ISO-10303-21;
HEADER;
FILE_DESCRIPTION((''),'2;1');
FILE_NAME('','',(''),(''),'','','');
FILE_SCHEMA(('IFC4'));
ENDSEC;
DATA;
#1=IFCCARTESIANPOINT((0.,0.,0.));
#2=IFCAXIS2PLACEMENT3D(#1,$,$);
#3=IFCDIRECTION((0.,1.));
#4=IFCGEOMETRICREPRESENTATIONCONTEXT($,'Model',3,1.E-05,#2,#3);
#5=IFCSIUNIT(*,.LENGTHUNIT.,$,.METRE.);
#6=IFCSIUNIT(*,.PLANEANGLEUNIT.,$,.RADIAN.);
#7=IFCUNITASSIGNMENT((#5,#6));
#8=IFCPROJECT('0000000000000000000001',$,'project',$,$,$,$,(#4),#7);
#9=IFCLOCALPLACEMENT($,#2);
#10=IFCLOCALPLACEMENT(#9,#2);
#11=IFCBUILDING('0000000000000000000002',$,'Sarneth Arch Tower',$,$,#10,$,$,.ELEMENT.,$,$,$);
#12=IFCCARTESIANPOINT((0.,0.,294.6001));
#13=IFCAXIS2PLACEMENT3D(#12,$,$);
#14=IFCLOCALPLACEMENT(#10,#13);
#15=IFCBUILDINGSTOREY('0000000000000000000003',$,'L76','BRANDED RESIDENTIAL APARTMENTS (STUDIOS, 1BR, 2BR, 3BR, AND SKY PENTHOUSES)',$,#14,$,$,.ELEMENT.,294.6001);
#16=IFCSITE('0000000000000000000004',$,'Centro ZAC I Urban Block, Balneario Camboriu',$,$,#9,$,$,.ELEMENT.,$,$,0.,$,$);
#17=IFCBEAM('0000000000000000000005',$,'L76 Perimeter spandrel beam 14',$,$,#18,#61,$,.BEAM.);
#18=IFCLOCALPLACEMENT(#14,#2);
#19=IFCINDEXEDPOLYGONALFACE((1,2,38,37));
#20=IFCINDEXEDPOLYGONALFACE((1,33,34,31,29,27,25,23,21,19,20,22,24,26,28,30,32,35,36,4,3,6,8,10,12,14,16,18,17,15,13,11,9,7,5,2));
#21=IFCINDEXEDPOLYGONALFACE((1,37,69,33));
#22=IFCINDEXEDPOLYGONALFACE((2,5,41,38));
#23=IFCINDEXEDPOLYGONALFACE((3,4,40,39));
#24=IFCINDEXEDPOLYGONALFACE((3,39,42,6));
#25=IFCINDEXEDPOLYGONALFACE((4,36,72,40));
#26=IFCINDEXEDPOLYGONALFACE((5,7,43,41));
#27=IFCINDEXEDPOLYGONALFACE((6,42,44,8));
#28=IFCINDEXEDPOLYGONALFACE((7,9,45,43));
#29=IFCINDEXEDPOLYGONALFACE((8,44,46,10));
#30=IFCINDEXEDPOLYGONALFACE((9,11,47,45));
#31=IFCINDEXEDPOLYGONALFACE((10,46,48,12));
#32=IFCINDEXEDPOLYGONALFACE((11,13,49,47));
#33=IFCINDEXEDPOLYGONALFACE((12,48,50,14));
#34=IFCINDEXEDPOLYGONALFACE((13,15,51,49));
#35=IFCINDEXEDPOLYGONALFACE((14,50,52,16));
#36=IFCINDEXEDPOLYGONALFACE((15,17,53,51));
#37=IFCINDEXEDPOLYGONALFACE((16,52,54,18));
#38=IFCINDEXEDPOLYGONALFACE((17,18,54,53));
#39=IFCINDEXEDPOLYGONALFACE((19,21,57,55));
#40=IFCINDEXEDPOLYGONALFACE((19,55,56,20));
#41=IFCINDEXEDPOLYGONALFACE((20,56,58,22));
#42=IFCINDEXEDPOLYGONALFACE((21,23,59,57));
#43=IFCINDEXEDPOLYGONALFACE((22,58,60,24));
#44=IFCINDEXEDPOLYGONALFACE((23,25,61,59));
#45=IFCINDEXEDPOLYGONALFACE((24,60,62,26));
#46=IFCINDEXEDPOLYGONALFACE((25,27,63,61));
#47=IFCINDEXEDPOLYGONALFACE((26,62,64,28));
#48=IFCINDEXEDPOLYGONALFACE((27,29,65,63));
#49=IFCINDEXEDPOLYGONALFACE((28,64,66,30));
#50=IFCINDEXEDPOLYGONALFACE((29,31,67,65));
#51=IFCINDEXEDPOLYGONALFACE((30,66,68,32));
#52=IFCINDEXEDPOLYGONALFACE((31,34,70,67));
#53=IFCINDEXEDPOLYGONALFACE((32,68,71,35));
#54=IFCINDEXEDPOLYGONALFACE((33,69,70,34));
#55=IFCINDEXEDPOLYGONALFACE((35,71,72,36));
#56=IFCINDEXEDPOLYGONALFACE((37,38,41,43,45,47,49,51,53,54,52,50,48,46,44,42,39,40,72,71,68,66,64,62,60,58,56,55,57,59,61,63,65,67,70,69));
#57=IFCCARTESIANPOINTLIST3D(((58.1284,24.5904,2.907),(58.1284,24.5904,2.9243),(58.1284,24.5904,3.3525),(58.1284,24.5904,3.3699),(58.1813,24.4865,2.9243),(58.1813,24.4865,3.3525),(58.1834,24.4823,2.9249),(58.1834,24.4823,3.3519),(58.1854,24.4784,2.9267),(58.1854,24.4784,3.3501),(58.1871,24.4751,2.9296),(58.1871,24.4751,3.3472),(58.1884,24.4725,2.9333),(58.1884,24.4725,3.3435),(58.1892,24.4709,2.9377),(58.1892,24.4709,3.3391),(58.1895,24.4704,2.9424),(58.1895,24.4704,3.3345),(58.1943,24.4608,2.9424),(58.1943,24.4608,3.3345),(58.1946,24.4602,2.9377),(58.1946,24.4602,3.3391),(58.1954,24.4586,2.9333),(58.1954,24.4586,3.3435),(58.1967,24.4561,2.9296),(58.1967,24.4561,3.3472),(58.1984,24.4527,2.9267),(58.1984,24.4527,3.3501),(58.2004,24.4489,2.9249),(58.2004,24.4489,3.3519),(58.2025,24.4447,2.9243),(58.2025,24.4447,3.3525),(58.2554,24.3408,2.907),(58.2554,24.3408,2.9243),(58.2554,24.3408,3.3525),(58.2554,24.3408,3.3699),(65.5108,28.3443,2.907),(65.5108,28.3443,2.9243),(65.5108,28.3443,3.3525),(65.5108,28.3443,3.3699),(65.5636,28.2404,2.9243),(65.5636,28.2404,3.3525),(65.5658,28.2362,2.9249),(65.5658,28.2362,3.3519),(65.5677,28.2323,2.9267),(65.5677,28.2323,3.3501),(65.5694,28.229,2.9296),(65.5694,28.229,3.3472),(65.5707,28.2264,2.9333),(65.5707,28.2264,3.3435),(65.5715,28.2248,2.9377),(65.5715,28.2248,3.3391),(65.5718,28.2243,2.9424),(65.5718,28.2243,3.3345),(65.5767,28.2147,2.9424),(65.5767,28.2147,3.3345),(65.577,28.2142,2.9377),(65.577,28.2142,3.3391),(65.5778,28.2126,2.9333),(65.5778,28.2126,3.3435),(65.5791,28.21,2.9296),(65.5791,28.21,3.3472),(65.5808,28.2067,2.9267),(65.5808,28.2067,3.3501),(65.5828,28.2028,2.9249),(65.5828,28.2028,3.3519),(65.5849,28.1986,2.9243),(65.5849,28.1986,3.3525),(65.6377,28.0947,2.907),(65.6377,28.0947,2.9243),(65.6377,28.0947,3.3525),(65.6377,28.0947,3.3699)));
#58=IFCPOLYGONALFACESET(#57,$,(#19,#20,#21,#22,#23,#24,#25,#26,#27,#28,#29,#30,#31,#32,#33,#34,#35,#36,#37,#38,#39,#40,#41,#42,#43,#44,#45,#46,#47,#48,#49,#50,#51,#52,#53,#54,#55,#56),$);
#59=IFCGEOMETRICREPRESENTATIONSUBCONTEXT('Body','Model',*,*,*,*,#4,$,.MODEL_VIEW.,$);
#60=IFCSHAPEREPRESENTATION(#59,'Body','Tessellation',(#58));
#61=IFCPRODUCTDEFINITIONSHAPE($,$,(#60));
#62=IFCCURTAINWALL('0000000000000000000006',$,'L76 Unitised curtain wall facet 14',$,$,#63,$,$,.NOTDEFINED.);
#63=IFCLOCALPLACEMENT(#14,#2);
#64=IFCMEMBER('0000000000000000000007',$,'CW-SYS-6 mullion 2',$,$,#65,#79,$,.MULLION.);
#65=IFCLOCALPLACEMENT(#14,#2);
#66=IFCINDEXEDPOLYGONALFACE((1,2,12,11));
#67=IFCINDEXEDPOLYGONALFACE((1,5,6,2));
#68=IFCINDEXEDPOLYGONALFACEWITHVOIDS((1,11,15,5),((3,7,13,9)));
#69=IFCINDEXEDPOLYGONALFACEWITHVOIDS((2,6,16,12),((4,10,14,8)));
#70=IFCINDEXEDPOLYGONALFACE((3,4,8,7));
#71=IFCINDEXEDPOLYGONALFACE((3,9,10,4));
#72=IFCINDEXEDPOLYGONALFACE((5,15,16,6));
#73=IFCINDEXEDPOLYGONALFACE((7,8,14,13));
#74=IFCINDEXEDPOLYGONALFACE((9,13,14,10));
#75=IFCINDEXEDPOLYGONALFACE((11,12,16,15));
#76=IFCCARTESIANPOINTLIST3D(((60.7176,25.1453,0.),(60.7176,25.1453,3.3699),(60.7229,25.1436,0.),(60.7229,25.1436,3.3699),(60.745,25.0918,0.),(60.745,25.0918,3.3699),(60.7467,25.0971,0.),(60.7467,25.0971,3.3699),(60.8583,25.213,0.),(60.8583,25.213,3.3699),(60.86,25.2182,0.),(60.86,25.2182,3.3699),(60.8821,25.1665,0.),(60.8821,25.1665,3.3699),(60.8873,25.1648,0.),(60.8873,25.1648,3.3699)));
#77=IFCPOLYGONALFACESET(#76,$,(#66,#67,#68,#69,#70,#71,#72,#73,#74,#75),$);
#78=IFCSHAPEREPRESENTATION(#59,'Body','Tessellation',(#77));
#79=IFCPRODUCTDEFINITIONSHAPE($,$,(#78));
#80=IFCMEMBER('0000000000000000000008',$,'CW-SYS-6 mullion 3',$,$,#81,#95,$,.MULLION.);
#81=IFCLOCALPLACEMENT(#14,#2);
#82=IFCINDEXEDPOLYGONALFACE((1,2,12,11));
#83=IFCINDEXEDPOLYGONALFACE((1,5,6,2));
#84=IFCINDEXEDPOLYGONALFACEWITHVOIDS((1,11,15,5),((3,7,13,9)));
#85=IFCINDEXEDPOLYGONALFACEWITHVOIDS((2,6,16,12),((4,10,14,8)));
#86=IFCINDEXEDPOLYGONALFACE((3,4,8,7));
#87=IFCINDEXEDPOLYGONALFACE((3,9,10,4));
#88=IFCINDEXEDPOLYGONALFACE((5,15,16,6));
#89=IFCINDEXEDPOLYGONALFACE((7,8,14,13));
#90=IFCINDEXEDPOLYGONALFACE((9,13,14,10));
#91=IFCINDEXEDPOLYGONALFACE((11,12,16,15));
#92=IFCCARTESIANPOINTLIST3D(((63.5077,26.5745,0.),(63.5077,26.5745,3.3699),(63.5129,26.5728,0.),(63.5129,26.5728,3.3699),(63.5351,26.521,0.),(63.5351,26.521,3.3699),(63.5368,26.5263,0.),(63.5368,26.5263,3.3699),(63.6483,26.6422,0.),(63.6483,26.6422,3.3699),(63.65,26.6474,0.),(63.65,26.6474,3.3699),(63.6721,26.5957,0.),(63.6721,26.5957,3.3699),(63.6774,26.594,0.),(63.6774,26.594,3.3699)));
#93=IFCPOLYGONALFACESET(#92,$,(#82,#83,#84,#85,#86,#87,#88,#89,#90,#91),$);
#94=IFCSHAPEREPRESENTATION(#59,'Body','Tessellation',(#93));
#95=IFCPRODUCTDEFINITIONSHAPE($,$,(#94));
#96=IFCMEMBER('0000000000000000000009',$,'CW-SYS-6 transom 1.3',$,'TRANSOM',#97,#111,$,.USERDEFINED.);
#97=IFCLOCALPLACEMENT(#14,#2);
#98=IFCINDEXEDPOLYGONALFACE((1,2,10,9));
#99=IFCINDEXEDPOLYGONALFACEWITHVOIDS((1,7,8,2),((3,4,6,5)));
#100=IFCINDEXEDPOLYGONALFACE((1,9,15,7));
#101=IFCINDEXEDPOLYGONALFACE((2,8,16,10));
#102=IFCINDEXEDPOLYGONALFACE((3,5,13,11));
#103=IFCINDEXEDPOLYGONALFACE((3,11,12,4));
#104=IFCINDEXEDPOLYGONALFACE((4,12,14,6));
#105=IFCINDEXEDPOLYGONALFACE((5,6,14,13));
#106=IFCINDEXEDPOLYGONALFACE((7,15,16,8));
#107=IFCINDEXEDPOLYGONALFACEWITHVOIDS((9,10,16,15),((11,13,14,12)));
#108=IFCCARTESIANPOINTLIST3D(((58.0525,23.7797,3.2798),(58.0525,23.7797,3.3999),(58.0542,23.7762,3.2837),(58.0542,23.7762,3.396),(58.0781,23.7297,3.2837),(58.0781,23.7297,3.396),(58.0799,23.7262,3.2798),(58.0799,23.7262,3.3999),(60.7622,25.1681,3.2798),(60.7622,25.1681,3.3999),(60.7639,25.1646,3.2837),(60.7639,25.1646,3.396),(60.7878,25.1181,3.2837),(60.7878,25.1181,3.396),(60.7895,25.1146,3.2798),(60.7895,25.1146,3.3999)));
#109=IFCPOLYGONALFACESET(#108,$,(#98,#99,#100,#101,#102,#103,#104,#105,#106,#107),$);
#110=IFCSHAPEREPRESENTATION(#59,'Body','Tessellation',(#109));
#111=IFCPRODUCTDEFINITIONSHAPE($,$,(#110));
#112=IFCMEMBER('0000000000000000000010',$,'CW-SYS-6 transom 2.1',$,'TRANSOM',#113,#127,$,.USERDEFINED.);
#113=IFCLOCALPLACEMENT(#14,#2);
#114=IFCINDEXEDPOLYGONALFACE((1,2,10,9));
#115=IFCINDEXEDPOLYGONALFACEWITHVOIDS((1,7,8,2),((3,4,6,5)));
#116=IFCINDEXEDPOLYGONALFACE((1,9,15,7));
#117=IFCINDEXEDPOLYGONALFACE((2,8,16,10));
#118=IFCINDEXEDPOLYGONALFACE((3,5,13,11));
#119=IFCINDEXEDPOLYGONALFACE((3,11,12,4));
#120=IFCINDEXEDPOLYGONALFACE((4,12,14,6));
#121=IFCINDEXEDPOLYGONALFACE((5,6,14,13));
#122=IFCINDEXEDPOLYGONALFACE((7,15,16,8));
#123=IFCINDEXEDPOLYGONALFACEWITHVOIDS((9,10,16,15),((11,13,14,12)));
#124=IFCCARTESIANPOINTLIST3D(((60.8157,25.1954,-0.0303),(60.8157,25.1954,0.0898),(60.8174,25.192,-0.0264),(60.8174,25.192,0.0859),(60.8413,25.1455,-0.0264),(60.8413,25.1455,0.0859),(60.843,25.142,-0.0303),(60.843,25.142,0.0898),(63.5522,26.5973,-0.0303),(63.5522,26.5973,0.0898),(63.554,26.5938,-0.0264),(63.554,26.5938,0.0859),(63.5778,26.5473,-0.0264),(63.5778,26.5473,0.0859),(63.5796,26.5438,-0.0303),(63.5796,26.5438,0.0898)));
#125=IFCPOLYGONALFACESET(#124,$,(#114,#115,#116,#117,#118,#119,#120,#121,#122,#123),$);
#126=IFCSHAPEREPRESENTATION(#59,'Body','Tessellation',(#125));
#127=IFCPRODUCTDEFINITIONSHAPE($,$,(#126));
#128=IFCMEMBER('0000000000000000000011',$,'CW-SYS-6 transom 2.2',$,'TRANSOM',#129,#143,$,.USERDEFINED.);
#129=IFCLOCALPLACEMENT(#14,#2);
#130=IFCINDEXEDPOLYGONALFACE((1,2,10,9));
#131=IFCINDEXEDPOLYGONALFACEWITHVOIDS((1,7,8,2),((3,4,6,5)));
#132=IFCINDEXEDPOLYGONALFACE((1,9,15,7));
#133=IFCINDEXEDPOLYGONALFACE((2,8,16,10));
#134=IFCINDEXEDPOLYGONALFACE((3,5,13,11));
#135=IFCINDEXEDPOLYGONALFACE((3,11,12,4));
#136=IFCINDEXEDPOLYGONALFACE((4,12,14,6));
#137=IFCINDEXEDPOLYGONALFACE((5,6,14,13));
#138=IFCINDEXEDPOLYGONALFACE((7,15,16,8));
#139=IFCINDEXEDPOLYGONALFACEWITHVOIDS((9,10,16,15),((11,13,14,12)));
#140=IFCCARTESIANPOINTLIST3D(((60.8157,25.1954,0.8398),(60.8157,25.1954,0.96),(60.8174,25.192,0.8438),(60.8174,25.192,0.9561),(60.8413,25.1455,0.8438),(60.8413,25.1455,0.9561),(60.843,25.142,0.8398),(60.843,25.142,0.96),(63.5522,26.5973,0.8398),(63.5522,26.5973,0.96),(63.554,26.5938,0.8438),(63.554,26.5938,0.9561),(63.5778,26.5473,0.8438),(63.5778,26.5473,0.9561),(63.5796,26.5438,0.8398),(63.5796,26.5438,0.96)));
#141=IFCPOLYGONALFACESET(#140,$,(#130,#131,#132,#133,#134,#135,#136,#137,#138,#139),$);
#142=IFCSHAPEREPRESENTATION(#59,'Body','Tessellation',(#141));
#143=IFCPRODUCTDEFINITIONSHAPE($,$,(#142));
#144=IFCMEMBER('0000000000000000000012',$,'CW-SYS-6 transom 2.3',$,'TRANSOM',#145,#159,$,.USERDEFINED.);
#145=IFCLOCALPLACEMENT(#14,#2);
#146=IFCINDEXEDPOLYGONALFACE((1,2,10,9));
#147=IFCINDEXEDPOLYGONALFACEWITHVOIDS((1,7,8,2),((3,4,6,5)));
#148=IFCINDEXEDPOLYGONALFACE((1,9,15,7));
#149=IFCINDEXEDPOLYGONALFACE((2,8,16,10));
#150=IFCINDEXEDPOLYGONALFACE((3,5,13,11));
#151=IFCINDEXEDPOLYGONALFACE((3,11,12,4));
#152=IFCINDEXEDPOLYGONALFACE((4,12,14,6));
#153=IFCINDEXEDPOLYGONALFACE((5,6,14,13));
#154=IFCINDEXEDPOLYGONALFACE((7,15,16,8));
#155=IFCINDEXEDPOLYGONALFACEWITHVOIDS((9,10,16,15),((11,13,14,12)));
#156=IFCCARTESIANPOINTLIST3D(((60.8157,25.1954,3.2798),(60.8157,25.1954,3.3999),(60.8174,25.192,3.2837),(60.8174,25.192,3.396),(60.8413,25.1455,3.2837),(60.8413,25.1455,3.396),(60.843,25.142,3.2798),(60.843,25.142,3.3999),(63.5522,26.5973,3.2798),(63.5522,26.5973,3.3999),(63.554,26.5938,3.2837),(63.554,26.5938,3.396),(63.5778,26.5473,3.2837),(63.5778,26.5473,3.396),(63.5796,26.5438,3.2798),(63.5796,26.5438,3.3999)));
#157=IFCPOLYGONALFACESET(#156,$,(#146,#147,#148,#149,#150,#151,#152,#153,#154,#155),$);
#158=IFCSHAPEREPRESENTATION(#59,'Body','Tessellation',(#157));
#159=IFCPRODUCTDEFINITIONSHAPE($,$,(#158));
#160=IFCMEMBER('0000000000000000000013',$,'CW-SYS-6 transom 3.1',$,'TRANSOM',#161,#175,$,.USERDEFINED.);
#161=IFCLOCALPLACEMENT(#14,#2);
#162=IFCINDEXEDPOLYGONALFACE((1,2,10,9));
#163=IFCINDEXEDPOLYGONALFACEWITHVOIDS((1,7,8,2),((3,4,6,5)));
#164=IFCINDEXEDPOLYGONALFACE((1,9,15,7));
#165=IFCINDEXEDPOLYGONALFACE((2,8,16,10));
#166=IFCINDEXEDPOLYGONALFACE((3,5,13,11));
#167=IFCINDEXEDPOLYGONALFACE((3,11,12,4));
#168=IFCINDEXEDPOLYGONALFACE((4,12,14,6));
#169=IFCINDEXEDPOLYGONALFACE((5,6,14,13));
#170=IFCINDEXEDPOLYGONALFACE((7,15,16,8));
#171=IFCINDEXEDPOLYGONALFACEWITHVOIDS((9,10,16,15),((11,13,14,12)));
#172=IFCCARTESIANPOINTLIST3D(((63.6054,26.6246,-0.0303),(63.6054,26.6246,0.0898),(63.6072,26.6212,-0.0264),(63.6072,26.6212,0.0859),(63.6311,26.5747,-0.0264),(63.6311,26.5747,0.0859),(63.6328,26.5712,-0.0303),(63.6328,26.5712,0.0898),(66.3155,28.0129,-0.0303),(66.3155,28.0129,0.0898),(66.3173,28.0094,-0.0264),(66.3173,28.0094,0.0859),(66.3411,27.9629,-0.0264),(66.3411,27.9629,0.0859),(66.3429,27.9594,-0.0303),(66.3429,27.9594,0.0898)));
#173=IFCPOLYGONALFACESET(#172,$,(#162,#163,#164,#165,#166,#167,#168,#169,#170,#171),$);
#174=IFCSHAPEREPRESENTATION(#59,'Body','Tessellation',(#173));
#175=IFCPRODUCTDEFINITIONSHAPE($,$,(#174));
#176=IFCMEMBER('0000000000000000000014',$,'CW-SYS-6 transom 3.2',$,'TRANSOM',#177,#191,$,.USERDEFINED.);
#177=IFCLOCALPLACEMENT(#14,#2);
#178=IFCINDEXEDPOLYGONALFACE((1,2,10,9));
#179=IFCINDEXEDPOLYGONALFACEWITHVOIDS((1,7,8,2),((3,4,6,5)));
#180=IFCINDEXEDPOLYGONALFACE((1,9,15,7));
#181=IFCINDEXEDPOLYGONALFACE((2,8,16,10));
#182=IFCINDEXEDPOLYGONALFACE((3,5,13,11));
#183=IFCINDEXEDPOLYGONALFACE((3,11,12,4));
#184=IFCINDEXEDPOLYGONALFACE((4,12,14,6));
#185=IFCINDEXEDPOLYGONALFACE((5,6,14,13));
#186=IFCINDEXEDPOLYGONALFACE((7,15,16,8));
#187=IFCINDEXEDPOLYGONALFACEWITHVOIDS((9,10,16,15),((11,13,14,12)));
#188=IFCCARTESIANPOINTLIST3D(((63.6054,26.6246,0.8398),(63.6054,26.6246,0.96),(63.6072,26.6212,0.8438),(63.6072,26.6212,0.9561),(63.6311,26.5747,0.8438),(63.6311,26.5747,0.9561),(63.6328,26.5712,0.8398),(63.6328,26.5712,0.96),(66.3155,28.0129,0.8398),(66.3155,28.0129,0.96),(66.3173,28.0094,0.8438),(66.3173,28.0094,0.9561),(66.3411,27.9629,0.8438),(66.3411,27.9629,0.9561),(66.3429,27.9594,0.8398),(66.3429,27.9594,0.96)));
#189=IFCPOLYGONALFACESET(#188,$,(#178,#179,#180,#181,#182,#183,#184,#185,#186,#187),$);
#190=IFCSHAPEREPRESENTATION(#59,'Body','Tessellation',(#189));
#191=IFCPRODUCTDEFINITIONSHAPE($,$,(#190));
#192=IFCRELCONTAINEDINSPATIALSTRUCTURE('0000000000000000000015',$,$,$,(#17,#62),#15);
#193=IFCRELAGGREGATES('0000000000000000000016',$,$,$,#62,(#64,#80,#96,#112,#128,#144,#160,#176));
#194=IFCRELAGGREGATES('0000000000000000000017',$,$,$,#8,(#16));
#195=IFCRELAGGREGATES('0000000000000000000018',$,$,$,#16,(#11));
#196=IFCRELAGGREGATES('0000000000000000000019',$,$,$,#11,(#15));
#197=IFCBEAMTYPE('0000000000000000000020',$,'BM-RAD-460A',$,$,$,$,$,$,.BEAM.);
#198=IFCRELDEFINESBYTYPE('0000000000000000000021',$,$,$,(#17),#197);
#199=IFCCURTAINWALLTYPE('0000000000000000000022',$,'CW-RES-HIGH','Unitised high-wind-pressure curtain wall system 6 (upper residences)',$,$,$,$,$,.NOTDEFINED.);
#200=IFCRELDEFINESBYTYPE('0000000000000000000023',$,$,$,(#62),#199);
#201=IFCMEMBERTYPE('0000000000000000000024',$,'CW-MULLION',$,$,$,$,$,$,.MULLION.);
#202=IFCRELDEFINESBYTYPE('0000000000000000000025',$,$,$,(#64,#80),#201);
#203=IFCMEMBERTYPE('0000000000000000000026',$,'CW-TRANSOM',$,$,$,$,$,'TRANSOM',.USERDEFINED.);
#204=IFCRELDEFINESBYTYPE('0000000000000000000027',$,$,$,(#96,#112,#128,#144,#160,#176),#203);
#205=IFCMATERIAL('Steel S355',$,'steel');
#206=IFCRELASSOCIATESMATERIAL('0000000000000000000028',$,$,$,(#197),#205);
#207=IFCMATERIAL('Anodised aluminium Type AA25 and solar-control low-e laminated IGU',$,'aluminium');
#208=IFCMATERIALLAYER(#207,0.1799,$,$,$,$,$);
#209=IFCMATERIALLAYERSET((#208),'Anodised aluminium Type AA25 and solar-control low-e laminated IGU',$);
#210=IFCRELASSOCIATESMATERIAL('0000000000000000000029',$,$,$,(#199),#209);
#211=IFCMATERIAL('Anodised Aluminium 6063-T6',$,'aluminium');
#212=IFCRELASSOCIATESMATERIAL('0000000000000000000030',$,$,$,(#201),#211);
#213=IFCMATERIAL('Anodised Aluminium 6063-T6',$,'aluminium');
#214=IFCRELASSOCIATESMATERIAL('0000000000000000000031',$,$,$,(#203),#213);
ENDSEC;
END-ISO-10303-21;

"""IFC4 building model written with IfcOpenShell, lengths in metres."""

from ifc_helpers import new_model, si_unit, direction, frame, origin, origin_2d, place, context, subcontext, project, spatial, hollow_rectangle, i_section, extrude, material, layer, layer_set, material_profile, profile_set, type_object, element, aggregate, save


model = new_model("IFC4")

# Units and contexts
model_context = context("Model", 3, precision=1e-05, world=origin(), true_north=direction((0.0, 1.0)))
body_context = subcontext(model_context, "Body", "Model", "MODEL_VIEW")
ifc_project = project(units=[si_unit("LENGTHUNIT", "METRE"), si_unit("PLANEANGLEUNIT", "RADIAN")], contexts=[model_context])

# Site, building, storey
site_placement = place(None, origin())
site = spatial("IfcSite", under=ifc_project, at=site_placement, Name="Centro ZAC I Urban Block, Balneario Camboriu", CompositionType="ELEMENT", RefElevation=0.0)
building_placement = place(site_placement, origin())
building = spatial("IfcBuilding", under=site, at=building_placement, Name="Sarneth Arch Tower", CompositionType="ELEMENT")
storey_placement = place(building_placement, frame((0.0, 0.0, 294.6001)))
storey = spatial("IfcBuildingStorey", under=building, at=storey_placement, Name="L76", Description="BRANDED RESIDENTIAL APARTMENTS (STUDIOS, 1BR, 2BR, 3BR, AND SKY PENTHOUSES)", CompositionType="ELEMENT", Elevation=294.6001)

# Beam
ifc_material_1 = material(Name="Steel S355", Category="steel")
ifc_material_profile_1 = material_profile(ifc_material_1, i_section(OverallWidth=0.28, OverallDepth=0.4629, WebThickness=0.0107, FlangeThickness=0.0173, FilletRadius=0.0181, at=origin_2d()), Name="W460x113")
ifc_profile_set_1 = profile_set([ifc_material_profile_1], Name="Steel S355")
beam_type = type_object("IfcBeamType", Name="BM-RAD-460A", PredefinedType="BEAM", material=ifc_profile_set_1)
beam_placement = place(storey_placement, frame((58.1919, 24.4656, 3.1384), z_axis=(0.891376, 0.453264, 0.0), x_axis=(-0.453264, 0.891376, 0.0)))
element("IfcBeam", 1, at=beam_placement, inside=storey, type_object=beam_type, Name="L76 Perimeter spandrel beam 14", PredefinedType="BEAM", context=body_context, shape_type="SweptSolid", body=[
    extrude(i_section(OverallWidth=0.28, OverallDepth=0.4629, WebThickness=0.0107, FlangeThickness=0.0173, FilletRadius=0.0181, at=origin_2d()), origin(), (0.0, 0.0, 1.0), 8.282),
])

# Curtain wall, members
ifc_material_2 = material(Name="Anodised aluminium Type AA25 and solar-control low-e laminated IGU", Category="aluminium")
ifc_layer_1 = layer(ifc_material_2, 0.1799)
ifc_layer_set_1 = layer_set([ifc_layer_1], Name="Anodised aluminium Type AA25 and solar-control low-e laminated IGU")
curtain_wall_type = type_object("IfcCurtainWallType", Name="CW-RES-HIGH", Description="Unitised high-wind-pressure curtain wall system 6 (upper residences)", PredefinedType="NOTDEFINED", material=ifc_layer_set_1)
curtain_wall_placement = place(storey_placement, origin())
curtain_wall = element("IfcCurtainWall", 2, at=curtain_wall_placement, inside=storey, type_object=curtain_wall_type, Name="L76 Unitised curtain wall facet 14", PredefinedType="NOTDEFINED")
ifc_material_3 = material(Name="Anodised Aluminium 6063-T6", Category="aluminium")
ifc_material_profile_2 = material_profile(ifc_material_3, hollow_rectangle(XDim=0.0601, YDim=0.1599, WallThickness=0.0039, at=origin_2d()), Name="AL-MULL-160x60x4")
ifc_profile_set_2 = profile_set([ifc_material_profile_2], Name="Anodised Aluminium 6063-T6")
member_type_1 = type_object("IfcMemberType", Name="CW-MULLION", PredefinedType="MULLION", material=ifc_profile_set_2)
member_1_placement = place(storey_placement, frame((60.8025, 25.155, 0.0), z_axis=(0.0, 0.0, 1.0), x_axis=(-0.455942, 0.89001, 0.0)))
member_1 = element("IfcMember", 3, at=member_1_placement, type_object=member_type_1, Name="CW-SYS-6 mullion 2", PredefinedType="MULLION", context=body_context, shape_type="SweptSolid", body=[
    extrude(hollow_rectangle(XDim=0.0601, YDim=0.1599, WallThickness=0.0039, at=origin_2d()), origin(), (0.0, 0.0, 1.0), 3.3699),
])
member_2_placement = place(storey_placement, frame((63.5925, 26.5842, 0.0), z_axis=(0.0, 0.0, 1.0), x_axis=(-0.455942, 0.89001, 0.0)))
member_2 = element("IfcMember", 4, at=member_2_placement, type_object=member_type_1, Name="CW-SYS-6 mullion 3", PredefinedType="MULLION", context=body_context, shape_type="SweptSolid", body=[
    extrude(hollow_rectangle(XDim=0.0601, YDim=0.1599, WallThickness=0.0039, at=origin_2d()), origin(), (0.0, 0.0, 1.0), 3.3699),
])
ifc_material_4 = material(Name="Anodised Aluminium 6063-T6", Category="aluminium")
ifc_material_profile_3 = material_profile(ifc_material_4, hollow_rectangle(XDim=0.0601, YDim=0.1201, WallThickness=0.0039, at=origin_2d()), Name="AL-TRAN-120x60x4")
ifc_profile_set_3 = profile_set([ifc_material_profile_3], Name="Anodised Aluminium 6063-T6")
member_type_2 = type_object("IfcMemberType", Name="CW-TRANSOM", ElementType="TRANSOM", PredefinedType="USERDEFINED", material=ifc_profile_set_3)
member_3_placement = place(storey_placement, frame((58.0662, 23.7529, 3.3398), z_axis=(0.889974, 0.456012, 0.0), x_axis=(-0.456012, 0.889974, 0.0)))
member_3 = element("IfcMember", 5, at=member_3_placement, type_object=member_type_2, Name="CW-SYS-6 transom 1.3", ObjectType="TRANSOM", PredefinedType="USERDEFINED", context=body_context, shape_type="SweptSolid", body=[
    extrude(hollow_rectangle(XDim=0.0601, YDim=0.1201, WallThickness=0.0039, at=origin_2d()), origin(), (0.0, 0.0, 1.0), 3.0447),
])
member_4_placement = place(storey_placement, frame((60.8293, 25.1687, 0.0298), z_axis=(0.890017, 0.455926, 0.0), x_axis=(-0.455926, 0.890017, 0.0)))
member_4 = element("IfcMember", 6, at=member_4_placement, type_object=member_type_2, Name="CW-SYS-6 transom 2.1", ObjectType="TRANSOM", PredefinedType="USERDEFINED", context=body_context, shape_type="SweptSolid", body=[
    extrude(hollow_rectangle(XDim=0.0601, YDim=0.1201, WallThickness=0.0039, at=origin_2d()), origin(), (0.0, 0.0, 1.0), 3.0747),
])
member_5_placement = place(storey_placement, frame((60.8293, 25.1687, 0.8999), z_axis=(0.890017, 0.455926, 0.0), x_axis=(-0.455926, 0.890017, 0.0)))
member_5 = element("IfcMember", 7, at=member_5_placement, type_object=member_type_2, Name="CW-SYS-6 transom 2.2", ObjectType="TRANSOM", PredefinedType="USERDEFINED", context=body_context, shape_type="SweptSolid", body=[
    extrude(hollow_rectangle(XDim=0.0601, YDim=0.1201, WallThickness=0.0039, at=origin_2d()), origin(), (0.0, 0.0, 1.0), 3.0747),
])
member_6_placement = place(storey_placement, frame((60.8293, 25.1687, 3.3398), z_axis=(0.890017, 0.455926, 0.0), x_axis=(-0.455926, 0.890017, 0.0)))
member_6 = element("IfcMember", 8, at=member_6_placement, type_object=member_type_2, Name="CW-SYS-6 transom 2.3", ObjectType="TRANSOM", PredefinedType="USERDEFINED", context=body_context, shape_type="SweptSolid", body=[
    extrude(hollow_rectangle(XDim=0.0601, YDim=0.1201, WallThickness=0.0039, at=origin_2d()), origin(), (0.0, 0.0, 1.0), 3.0747),
])
member_7_placement = place(storey_placement, frame((63.6191, 26.5979, 0.0298), z_axis=(0.890023, 0.455916, 0.0), x_axis=(-0.455916, 0.890023, 0.0)))
member_7 = element("IfcMember", 9, at=member_7_placement, type_object=member_type_2, Name="CW-SYS-6 transom 3.1", ObjectType="TRANSOM", PredefinedType="USERDEFINED", context=body_context, shape_type="SweptSolid", body=[
    extrude(hollow_rectangle(XDim=0.0601, YDim=0.1201, WallThickness=0.0039, at=origin_2d()), origin(), (0.0, 0.0, 1.0), 3.0449),
])
member_8_placement = place(storey_placement, frame((63.6191, 26.5979, 0.8999), z_axis=(0.890023, 0.455916, 0.0), x_axis=(-0.455916, 0.890023, 0.0)))
member_8 = element("IfcMember", 10, at=member_8_placement, type_object=member_type_2, Name="CW-SYS-6 transom 3.2", ObjectType="TRANSOM", PredefinedType="USERDEFINED", context=body_context, shape_type="SweptSolid", body=[
    extrude(hollow_rectangle(XDim=0.0601, YDim=0.1201, WallThickness=0.0039, at=origin_2d()), origin(), (0.0, 0.0, 1.0), 3.0449),
])
aggregate(curtain_wall, [member_1, member_2, member_3, member_4, member_5, member_6, member_7, member_8])

save(model, "model.ifc")
